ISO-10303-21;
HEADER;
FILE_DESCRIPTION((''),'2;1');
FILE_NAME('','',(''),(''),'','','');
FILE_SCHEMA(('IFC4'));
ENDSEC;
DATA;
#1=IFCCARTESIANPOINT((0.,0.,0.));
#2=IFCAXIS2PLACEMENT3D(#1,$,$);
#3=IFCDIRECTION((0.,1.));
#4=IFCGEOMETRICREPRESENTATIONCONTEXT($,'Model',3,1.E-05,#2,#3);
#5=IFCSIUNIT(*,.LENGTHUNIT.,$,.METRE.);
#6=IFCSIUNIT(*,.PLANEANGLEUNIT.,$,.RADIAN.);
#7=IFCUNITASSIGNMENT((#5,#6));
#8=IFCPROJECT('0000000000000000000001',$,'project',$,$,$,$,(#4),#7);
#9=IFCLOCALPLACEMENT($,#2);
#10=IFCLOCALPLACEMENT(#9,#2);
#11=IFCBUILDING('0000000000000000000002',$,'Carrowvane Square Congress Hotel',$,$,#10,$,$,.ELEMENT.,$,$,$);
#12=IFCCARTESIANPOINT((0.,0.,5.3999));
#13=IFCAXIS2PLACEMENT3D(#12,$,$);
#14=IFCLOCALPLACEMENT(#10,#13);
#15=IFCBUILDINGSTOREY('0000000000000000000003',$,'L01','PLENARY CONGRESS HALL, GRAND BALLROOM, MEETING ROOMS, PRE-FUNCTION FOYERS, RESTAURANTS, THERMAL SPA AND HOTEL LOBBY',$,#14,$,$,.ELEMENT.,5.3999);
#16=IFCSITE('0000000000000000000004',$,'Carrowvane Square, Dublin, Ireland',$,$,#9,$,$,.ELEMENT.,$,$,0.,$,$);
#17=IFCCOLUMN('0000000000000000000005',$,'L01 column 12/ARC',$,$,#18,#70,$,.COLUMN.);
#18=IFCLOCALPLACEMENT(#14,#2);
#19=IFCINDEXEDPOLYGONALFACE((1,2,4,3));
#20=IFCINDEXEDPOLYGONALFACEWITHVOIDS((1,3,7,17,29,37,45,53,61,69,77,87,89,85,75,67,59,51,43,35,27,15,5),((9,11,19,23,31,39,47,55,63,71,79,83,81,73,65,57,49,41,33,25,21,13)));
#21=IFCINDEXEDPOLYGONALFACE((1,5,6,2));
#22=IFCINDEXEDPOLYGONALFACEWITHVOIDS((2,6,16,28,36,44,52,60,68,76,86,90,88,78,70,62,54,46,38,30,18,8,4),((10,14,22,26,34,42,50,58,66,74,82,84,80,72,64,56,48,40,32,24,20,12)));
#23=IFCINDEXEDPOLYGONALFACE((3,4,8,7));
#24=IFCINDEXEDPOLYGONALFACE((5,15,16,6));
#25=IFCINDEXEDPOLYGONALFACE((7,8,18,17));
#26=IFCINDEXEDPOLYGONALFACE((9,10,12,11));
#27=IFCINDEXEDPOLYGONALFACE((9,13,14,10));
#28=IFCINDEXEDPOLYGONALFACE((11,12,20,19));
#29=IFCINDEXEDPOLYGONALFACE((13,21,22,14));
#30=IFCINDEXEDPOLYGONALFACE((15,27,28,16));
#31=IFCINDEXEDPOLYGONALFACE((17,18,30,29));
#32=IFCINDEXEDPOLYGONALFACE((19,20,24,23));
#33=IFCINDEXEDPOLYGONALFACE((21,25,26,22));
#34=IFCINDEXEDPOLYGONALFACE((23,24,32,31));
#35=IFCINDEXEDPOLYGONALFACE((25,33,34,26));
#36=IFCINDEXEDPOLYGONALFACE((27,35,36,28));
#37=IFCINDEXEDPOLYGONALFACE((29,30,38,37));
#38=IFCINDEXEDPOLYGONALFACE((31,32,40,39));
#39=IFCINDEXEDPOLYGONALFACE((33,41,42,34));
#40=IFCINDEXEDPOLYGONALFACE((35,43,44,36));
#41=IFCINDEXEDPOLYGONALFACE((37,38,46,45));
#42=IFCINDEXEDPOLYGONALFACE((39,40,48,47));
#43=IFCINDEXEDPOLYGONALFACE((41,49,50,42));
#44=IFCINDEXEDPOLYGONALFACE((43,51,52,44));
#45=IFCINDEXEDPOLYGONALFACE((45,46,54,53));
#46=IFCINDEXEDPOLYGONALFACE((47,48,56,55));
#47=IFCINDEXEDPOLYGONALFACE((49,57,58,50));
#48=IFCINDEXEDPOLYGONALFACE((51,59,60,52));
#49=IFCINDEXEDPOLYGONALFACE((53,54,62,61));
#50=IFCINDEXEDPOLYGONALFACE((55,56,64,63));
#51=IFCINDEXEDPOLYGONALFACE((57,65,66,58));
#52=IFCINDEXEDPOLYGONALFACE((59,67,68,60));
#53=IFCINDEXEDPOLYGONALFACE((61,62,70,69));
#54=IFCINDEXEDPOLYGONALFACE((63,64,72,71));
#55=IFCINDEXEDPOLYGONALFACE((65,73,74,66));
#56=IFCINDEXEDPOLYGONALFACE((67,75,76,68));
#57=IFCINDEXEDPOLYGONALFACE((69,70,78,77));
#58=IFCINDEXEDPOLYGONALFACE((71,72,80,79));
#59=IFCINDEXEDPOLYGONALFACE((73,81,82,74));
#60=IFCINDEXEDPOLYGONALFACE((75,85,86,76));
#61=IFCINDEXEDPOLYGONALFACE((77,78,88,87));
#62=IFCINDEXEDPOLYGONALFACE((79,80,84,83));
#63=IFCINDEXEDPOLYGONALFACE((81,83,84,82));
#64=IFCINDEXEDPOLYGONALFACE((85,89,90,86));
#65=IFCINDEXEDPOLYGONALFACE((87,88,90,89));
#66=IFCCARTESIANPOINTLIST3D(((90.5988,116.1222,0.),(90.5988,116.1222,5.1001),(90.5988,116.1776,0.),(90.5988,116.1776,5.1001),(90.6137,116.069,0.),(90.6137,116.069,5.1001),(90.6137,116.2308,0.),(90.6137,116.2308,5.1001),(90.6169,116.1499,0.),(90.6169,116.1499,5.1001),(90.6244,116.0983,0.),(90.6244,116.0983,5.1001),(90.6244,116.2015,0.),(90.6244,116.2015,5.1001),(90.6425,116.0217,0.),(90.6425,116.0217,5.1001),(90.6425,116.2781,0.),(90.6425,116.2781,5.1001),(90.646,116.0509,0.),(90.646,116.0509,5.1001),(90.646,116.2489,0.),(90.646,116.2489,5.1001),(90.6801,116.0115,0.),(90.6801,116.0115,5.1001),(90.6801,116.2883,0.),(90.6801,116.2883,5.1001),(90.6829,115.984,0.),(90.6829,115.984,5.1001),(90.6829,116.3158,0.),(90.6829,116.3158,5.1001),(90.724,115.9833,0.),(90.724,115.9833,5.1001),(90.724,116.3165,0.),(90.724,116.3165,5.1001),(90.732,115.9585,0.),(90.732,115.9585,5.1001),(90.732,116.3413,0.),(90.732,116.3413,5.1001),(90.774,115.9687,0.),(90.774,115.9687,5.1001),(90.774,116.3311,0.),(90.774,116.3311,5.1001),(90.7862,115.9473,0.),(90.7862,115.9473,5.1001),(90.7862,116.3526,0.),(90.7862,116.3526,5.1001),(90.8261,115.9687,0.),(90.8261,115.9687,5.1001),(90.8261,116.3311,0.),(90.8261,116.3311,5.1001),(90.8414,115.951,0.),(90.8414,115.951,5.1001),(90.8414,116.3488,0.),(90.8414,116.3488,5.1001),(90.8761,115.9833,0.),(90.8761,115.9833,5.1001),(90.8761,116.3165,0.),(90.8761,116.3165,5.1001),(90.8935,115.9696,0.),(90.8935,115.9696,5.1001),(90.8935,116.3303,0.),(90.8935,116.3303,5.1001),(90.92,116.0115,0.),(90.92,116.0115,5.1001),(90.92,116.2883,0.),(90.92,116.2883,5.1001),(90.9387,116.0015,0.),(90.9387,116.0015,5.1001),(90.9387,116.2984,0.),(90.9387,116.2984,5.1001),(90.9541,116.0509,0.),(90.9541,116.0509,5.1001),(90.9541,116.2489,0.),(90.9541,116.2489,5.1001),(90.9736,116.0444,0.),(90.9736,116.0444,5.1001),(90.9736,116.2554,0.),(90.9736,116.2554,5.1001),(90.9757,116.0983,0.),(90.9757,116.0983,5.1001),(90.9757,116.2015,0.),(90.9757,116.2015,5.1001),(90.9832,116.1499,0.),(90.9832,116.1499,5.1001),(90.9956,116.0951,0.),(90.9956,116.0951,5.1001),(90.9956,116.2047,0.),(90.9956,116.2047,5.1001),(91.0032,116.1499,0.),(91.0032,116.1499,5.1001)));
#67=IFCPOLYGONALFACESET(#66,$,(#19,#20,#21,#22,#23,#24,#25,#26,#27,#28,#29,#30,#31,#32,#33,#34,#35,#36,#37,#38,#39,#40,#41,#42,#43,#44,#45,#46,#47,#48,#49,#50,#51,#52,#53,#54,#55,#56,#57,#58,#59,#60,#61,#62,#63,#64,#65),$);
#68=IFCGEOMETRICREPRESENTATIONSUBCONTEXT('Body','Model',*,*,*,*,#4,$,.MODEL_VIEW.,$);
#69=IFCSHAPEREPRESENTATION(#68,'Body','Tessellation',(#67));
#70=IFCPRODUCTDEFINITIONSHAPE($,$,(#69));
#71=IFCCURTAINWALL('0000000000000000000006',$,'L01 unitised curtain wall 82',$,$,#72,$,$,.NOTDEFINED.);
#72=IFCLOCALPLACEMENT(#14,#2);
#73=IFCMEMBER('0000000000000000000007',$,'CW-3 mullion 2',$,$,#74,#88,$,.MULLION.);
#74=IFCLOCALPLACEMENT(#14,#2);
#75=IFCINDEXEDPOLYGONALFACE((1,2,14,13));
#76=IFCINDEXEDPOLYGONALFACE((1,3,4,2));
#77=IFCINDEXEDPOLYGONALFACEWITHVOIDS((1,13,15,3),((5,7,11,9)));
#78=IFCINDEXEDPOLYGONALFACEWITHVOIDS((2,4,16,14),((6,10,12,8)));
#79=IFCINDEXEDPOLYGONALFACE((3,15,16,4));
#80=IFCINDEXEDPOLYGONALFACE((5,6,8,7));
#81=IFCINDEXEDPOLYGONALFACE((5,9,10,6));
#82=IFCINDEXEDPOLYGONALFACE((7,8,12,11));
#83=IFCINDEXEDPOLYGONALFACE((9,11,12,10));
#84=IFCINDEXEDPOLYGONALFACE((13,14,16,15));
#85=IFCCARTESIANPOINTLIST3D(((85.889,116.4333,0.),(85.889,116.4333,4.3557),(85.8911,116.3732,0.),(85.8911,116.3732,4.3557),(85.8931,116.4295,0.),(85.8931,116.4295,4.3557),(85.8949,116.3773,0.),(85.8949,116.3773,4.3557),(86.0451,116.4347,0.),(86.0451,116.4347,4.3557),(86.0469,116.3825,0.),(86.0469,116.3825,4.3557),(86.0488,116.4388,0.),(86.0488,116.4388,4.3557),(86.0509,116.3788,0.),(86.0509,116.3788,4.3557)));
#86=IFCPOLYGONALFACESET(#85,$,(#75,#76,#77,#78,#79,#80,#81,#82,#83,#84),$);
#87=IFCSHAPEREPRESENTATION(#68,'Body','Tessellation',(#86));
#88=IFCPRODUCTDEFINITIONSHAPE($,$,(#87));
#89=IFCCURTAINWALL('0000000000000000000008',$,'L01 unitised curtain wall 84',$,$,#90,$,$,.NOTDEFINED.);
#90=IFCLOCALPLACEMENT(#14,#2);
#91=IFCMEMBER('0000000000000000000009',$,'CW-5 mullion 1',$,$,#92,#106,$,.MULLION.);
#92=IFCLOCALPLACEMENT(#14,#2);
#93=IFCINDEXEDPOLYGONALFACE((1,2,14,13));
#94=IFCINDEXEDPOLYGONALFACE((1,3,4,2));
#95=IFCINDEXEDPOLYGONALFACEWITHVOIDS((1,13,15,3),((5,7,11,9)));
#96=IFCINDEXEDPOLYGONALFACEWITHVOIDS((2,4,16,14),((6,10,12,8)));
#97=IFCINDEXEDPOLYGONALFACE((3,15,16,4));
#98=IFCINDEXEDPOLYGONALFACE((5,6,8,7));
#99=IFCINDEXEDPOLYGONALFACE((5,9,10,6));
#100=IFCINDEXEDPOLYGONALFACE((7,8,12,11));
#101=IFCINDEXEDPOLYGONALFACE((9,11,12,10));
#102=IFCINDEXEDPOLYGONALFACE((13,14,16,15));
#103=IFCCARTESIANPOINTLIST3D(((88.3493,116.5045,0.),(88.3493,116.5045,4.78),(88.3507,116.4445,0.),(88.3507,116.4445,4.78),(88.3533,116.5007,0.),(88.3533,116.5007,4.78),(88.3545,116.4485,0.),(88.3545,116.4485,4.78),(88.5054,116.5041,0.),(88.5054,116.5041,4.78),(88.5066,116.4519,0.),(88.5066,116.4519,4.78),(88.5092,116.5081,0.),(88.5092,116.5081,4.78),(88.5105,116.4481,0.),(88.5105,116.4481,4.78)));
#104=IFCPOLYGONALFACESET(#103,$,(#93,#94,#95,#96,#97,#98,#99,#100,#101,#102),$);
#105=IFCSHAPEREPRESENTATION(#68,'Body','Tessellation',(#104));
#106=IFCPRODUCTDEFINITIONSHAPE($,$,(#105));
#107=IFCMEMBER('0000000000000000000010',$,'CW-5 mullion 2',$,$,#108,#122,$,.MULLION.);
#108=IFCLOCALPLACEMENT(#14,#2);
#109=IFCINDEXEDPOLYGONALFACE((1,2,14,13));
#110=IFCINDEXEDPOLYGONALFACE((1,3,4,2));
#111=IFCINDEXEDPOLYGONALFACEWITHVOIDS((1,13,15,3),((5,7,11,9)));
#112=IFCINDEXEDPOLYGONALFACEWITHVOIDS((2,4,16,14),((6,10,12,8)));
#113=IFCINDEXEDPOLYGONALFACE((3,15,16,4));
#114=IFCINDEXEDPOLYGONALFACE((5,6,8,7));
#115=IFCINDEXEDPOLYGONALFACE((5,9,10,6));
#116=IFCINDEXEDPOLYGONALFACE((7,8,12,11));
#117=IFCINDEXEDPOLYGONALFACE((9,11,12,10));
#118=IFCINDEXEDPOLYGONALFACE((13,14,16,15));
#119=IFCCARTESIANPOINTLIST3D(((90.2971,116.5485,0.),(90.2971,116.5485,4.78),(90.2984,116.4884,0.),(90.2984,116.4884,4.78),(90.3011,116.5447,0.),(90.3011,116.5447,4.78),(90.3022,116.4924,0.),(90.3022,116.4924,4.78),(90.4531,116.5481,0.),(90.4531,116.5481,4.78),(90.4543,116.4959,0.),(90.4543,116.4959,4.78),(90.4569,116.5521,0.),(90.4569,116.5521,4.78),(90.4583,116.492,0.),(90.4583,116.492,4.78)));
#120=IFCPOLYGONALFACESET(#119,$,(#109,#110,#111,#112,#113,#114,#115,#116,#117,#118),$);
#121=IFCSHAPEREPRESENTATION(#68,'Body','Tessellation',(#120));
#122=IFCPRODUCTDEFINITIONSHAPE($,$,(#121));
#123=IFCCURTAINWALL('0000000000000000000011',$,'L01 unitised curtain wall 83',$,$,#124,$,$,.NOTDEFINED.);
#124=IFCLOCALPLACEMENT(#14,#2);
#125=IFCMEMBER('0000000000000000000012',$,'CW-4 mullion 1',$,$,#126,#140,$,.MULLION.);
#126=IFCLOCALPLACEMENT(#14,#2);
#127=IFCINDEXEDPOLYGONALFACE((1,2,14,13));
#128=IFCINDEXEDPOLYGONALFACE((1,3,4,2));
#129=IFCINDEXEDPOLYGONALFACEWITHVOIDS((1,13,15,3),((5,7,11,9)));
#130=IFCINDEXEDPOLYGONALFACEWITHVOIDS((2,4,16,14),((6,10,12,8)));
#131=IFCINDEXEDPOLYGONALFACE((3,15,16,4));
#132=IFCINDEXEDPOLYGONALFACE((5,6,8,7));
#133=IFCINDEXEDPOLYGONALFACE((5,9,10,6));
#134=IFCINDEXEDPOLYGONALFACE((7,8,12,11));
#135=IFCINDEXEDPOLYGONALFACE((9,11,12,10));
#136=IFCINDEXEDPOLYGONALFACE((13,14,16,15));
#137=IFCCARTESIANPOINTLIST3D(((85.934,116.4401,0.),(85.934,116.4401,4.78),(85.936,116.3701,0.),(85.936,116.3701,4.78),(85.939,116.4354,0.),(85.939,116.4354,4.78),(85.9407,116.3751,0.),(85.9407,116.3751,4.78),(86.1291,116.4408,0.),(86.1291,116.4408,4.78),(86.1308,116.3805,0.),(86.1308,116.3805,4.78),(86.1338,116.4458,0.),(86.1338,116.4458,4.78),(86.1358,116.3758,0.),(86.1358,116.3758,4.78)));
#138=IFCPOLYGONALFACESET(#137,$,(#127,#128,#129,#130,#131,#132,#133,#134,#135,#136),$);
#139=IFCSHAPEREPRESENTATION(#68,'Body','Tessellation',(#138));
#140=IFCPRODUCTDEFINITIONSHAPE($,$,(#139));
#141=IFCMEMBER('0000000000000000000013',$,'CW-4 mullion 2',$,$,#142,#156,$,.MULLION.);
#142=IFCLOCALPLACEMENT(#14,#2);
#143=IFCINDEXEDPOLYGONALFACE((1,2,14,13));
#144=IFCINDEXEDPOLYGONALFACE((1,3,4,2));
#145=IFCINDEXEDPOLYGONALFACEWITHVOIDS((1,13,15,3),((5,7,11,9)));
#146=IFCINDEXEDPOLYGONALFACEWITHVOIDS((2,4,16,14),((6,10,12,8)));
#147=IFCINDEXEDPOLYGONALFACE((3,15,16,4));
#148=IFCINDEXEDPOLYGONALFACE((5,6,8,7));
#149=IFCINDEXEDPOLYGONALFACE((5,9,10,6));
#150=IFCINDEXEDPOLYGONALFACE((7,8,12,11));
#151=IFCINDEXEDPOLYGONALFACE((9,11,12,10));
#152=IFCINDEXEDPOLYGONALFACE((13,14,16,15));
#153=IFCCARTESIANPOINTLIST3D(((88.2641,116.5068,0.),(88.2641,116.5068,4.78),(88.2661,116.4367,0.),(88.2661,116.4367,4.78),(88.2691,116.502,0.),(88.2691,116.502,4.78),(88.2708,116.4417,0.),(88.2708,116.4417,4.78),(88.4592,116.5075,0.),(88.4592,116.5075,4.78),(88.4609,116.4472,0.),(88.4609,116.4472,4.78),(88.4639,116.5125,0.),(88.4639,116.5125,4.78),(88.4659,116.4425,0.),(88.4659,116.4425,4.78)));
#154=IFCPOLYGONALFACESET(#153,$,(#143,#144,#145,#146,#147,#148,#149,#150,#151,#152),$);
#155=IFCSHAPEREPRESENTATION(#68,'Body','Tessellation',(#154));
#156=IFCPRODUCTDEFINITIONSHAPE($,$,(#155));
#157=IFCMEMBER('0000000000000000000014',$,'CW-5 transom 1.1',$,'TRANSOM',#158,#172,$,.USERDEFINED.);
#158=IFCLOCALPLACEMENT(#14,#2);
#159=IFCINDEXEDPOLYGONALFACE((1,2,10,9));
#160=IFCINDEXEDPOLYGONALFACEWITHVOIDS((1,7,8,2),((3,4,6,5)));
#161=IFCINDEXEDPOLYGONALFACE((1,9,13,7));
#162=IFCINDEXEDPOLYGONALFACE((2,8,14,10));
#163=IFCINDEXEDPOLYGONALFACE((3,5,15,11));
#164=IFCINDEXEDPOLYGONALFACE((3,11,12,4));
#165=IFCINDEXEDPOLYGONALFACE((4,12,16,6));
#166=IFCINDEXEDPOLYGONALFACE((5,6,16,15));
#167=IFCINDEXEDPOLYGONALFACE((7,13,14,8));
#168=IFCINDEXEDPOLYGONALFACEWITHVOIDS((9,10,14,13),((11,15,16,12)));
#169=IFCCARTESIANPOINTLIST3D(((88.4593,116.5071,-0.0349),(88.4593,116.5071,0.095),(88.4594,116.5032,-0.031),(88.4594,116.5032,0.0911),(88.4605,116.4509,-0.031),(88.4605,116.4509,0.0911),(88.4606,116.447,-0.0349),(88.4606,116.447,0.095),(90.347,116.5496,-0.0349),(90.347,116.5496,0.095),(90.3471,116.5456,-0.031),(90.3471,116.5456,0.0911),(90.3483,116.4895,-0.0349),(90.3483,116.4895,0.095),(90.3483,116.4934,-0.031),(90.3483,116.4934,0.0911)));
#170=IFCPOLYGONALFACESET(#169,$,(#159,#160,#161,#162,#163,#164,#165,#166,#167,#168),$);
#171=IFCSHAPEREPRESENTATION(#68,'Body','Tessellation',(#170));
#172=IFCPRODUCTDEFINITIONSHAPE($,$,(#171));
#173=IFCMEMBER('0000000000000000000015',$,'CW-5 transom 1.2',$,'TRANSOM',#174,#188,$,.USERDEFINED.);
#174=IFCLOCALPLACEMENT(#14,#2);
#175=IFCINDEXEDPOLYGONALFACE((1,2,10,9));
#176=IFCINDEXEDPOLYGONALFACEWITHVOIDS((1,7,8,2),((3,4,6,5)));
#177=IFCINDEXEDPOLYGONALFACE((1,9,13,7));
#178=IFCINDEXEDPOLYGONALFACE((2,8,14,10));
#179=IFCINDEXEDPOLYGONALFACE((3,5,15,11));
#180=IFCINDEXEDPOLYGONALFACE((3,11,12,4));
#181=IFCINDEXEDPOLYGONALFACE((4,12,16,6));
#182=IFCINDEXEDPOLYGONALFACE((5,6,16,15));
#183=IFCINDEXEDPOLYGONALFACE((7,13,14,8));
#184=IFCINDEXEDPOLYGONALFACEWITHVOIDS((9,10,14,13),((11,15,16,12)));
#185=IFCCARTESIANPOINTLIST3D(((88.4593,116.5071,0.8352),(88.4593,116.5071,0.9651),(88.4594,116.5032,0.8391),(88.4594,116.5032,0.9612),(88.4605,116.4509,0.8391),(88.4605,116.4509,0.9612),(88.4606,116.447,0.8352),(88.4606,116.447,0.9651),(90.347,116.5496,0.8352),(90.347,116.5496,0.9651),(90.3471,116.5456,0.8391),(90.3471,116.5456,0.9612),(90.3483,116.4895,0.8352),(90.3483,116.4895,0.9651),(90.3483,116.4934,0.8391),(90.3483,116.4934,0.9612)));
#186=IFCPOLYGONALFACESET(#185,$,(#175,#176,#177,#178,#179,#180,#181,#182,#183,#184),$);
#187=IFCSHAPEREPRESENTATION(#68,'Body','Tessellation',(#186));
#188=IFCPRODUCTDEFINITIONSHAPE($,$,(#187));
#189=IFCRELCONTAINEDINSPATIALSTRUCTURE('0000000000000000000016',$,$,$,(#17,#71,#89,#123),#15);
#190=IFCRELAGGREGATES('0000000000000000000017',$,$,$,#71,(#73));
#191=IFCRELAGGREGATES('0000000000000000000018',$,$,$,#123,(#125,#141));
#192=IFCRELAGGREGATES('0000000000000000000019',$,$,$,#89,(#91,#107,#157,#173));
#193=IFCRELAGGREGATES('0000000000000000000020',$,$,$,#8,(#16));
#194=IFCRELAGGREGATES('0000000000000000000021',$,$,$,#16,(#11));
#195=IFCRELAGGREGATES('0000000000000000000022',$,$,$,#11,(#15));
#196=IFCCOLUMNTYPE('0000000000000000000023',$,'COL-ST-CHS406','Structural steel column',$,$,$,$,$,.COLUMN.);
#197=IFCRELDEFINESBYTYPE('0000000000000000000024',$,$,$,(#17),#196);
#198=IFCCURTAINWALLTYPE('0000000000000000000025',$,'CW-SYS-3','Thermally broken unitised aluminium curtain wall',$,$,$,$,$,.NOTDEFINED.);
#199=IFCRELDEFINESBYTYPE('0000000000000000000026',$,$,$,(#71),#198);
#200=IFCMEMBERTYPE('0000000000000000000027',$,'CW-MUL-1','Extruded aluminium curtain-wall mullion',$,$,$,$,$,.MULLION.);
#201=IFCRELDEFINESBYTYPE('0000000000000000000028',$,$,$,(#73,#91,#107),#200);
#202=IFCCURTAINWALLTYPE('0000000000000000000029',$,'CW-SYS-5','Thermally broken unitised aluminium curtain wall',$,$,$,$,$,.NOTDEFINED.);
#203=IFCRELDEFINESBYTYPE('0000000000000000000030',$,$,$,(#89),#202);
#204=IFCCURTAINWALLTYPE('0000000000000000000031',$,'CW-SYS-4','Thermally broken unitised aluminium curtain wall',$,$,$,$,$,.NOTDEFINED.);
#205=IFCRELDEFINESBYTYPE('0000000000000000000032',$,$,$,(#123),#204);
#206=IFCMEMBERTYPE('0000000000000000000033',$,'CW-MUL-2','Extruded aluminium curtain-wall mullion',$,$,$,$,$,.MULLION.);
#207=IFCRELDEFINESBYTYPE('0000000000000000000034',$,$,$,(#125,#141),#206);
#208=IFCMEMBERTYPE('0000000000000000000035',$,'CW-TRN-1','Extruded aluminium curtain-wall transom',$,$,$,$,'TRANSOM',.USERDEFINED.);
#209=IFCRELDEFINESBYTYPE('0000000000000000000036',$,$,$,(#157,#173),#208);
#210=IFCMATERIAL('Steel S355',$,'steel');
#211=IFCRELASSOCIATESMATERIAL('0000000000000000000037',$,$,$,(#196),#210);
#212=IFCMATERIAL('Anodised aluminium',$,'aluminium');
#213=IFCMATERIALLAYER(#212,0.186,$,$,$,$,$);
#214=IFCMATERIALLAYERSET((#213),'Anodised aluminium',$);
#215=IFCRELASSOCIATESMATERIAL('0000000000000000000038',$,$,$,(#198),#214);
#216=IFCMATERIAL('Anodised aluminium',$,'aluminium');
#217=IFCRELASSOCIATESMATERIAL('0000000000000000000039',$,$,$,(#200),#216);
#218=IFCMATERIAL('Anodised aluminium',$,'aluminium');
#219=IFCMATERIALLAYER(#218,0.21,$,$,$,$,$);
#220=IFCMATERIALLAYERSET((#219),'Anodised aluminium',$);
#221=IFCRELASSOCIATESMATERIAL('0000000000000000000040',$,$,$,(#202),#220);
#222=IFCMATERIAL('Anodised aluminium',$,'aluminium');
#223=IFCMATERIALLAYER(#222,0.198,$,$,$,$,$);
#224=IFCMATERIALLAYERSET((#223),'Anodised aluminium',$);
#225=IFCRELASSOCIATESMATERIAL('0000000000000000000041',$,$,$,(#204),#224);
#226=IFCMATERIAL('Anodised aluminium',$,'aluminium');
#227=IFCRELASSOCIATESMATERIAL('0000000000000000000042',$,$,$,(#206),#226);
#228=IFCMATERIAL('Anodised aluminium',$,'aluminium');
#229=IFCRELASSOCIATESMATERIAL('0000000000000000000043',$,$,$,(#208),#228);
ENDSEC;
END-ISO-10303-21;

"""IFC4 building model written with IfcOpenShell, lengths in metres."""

from ifc_helpers import new_model, si_unit, direction, frame, origin, origin_2d, place, context, subcontext, project, spatial, hollow_rectangle, hollow_circle, extrude, material, layer, layer_set, material_profile, profile_set, type_object, element, aggregate, save


model = new_model("IFC4")

# Units and contexts
model_context = context("Model", 3, precision=1e-05, world=origin(), true_north=direction((0.0, 1.0)))
body_context = subcontext(model_context, "Body", "Model", "MODEL_VIEW")
ifc_project = project(units=[si_unit("LENGTHUNIT", "METRE"), si_unit("PLANEANGLEUNIT", "RADIAN")], contexts=[model_context])

# Site, building, storey
site_placement = place(None, origin())
site = spatial("IfcSite", under=ifc_project, at=site_placement, Name="Carrowvane Square, Dublin, Ireland", CompositionType="ELEMENT", RefElevation=0.0)
building_placement = place(site_placement, origin())
building = spatial("IfcBuilding", under=site, at=building_placement, Name="Carrowvane Square Congress Hotel", CompositionType="ELEMENT")
storey_placement = place(building_placement, frame((0.0, 0.0, 5.3999)))
storey = spatial("IfcBuildingStorey", under=building, at=storey_placement, Name="L01", Description="PLENARY CONGRESS HALL, GRAND BALLROOM, MEETING ROOMS, PRE-FUNCTION FOYERS, RESTAURANTS, THERMAL SPA AND HOTEL LOBBY", CompositionType="ELEMENT", Elevation=5.3999)

# Column
ifc_material_1 = material(Name="Steel S355", Category="steel")
ifc_material_profile_1 = material_profile(ifc_material_1, hollow_circle(Radius=0.2031, WallThickness=0.02, at=origin_2d()), Name="CHS 406.4x20")
ifc_profile_set_1 = profile_set([ifc_material_profile_1], Name="Steel S355")
column_type = type_object("IfcColumnType", Name="COL-ST-CHS406", Description="Structural steel column", PredefinedType="COLUMN", material=ifc_profile_set_1)
column_placement = place(storey_placement, frame((90.8, 116.1499, 0.0), z_axis=(0.0, 0.0, 1.0), x_axis=(1.0, 0.0, 0.0)))
element("IfcColumn", 1, at=column_placement, inside=storey, type_object=column_type, Name="L01 column 12/ARC", PredefinedType="COLUMN", context=body_context, shape_type="SweptSolid", body=[
    extrude(hollow_circle(Radius=0.2031, WallThickness=0.02, at=origin_2d()), origin(), (0.0, 0.0, 1.0), 5.1001),
])

# Curtain wall, member
ifc_material_2 = material(Name="Anodised aluminium", Category="aluminium")
ifc_layer_1 = layer(ifc_material_2, 0.186)
ifc_layer_set_1 = layer_set([ifc_layer_1], Name="Anodised aluminium")
curtain_wall_type_1 = type_object("IfcCurtainWallType", Name="CW-SYS-3", Description="Thermally broken unitised aluminium curtain wall", PredefinedType="NOTDEFINED", material=ifc_layer_set_1)
curtain_wall_1_placement = place(storey_placement, origin())
curtain_wall_1 = element("IfcCurtainWall", 2, at=curtain_wall_1_placement, inside=storey, type_object=curtain_wall_type_1, Name="L01 unitised curtain wall 82", PredefinedType="NOTDEFINED")
ifc_material_3 = material(Name="Anodised aluminium", Category="aluminium")
ifc_material_profile_2 = material_profile(ifc_material_3, hollow_rectangle(XDim=0.0601, YDim=0.1599, WallThickness=0.0039, at=origin_2d()), Name="CW-ML 60x160x4")
ifc_profile_set_2 = profile_set([ifc_material_profile_2], Name="Anodised aluminium")
member_type_1 = type_object("IfcMemberType", Name="CW-MUL-1", Description="Extruded aluminium curtain-wall mullion", PredefinedType="MULLION", material=ifc_profile_set_2)
member_1_placement = place(storey_placement, frame((85.97, 116.406, 0.0), z_axis=(0.0, 0.0, 1.0), x_axis=(-0.034527, 0.999404, 0.0)))
member_1 = element("IfcMember", 3, at=member_1_placement, type_object=member_type_1, Name="CW-3 mullion 2", PredefinedType="MULLION", context=body_context, shape_type="SweptSolid", body=[
    extrude(hollow_rectangle(XDim=0.0601, YDim=0.1599, WallThickness=0.0039, at=origin_2d()), origin(), (0.0, 0.0, 1.0), 4.3557),
])

# Curtain walls, members
ifc_material_4 = material(Name="Anodised aluminium", Category="aluminium")
ifc_layer_2 = layer(ifc_material_4, 0.21)
ifc_layer_set_2 = layer_set([ifc_layer_2], Name="Anodised aluminium")
curtain_wall_type_2 = type_object("IfcCurtainWallType", Name="CW-SYS-5", Description="Thermally broken unitised aluminium curtain wall", PredefinedType="NOTDEFINED", material=ifc_layer_set_2)
curtain_wall_2_placement = place(storey_placement, origin())
curtain_wall_2 = element("IfcCurtainWall", 4, at=curtain_wall_2_placement, inside=storey, type_object=curtain_wall_type_2, Name="L01 unitised curtain wall 84", PredefinedType="NOTDEFINED")
member_2_placement = place(storey_placement, frame((88.4299, 116.4763, 0.0), z_axis=(0.0, 0.0, 1.0), x_axis=(-0.022518, 0.999746, 0.0)))
member_2 = element("IfcMember", 5, at=member_2_placement, type_object=member_type_1, Name="CW-5 mullion 1", PredefinedType="MULLION", context=body_context, shape_type="SweptSolid", body=[
    extrude(hollow_rectangle(XDim=0.0601, YDim=0.1599, WallThickness=0.0039, at=origin_2d()), origin(), (0.0, 0.0, 1.0), 4.78),
])
member_3_placement = place(storey_placement, frame((90.3777, 116.5203, 0.0), z_axis=(0.0, 0.0, 1.0), x_axis=(-0.022518, 0.999746, 0.0)))
member_3 = element("IfcMember", 6, at=member_3_placement, type_object=member_type_1, Name="CW-5 mullion 2", PredefinedType="MULLION", context=body_context, shape_type="SweptSolid", body=[
    extrude(hollow_rectangle(XDim=0.0601, YDim=0.1599, WallThickness=0.0039, at=origin_2d()), origin(), (0.0, 0.0, 1.0), 4.78),
])
ifc_material_5 = material(Name="Anodised aluminium", Category="aluminium")
ifc_layer_3 = layer(ifc_material_5, 0.198)
ifc_layer_set_3 = layer_set([ifc_layer_3], Name="Anodised aluminium")
curtain_wall_type_3 = type_object("IfcCurtainWallType", Name="CW-SYS-4", Description="Thermally broken unitised aluminium curtain wall", PredefinedType="NOTDEFINED", material=ifc_layer_set_3)
curtain_wall_3_placement = place(storey_placement, origin())
curtain_wall_3 = element("IfcCurtainWall", 7, at=curtain_wall_3_placement, inside=storey, type_object=curtain_wall_type_3, Name="L01 unitised curtain wall 83", PredefinedType="NOTDEFINED")
ifc_material_6 = material(Name="Anodised aluminium", Category="aluminium")
ifc_material_profile_3 = material_profile(ifc_material_6, hollow_rectangle(XDim=0.0701, YDim=0.2, WallThickness=0.0049, at=origin_2d()), Name="CW-ML 70x200x5")
ifc_profile_set_3 = profile_set([ifc_material_profile_3], Name="Anodised aluminium")
member_type_2 = type_object("IfcMemberType", Name="CW-MUL-2", Description="Extruded aluminium curtain-wall mullion", PredefinedType="MULLION", material=ifc_profile_set_3)
member_4_placement = place(storey_placement, frame((86.0349, 116.408, 0.0), z_axis=(0.0, 0.0, 1.0), x_axis=(-0.028638, 0.99959, 0.0)))
member_4 = element("IfcMember", 8, at=member_4_placement, type_object=member_type_2, Name="CW-4 mullion 1", PredefinedType="MULLION", context=body_context, shape_type="SweptSolid", body=[
    extrude(hollow_rectangle(XDim=0.0701, YDim=0.2, WallThickness=0.0049, at=origin_2d()), origin(), (0.0, 0.0, 1.0), 4.78),
])
member_5_placement = place(storey_placement, frame((88.365, 116.4746, 0.0), z_axis=(0.0, 0.0, 1.0), x_axis=(-0.028638, 0.99959, 0.0)))
member_5 = element("IfcMember", 9, at=member_5_placement, type_object=member_type_2, Name="CW-4 mullion 2", PredefinedType="MULLION", context=body_context, shape_type="SweptSolid", body=[
    extrude(hollow_rectangle(XDim=0.0701, YDim=0.2, WallThickness=0.0049, at=origin_2d()), origin(), (0.0, 0.0, 1.0), 4.78),
])

# Members
ifc_material_7 = material(Name="Anodised aluminium", Category="aluminium")
ifc_material_profile_4 = material_profile(ifc_material_7, hollow_rectangle(XDim=0.0601, YDim=0.1299, WallThickness=0.0039, at=origin_2d()), Name="CW-TR 60x130x4")
ifc_profile_set_4 = profile_set([ifc_material_profile_4], Name="Anodised aluminium")
member_type_3 = type_object("IfcMemberType", Name="CW-TRN-1", Description="Extruded aluminium curtain-wall transom", ElementType="TRANSOM", PredefinedType="USERDEFINED", material=ifc_profile_set_4)
member_6_placement = place(storey_placement, frame((88.46, 116.4771, 0.03), z_axis=(0.999747, 0.022498, 0.0), x_axis=(-0.022498, 0.999747, 0.0)))
member_6 = element("IfcMember", 10, at=member_6_placement, type_object=member_type_3, Name="CW-5 transom 1.1", ObjectType="TRANSOM", PredefinedType="USERDEFINED", context=body_context, shape_type="SweptSolid", body=[
    extrude(hollow_rectangle(XDim=0.0601, YDim=0.1299, WallThickness=0.0039, at=origin_2d()), origin(), (0.0, 0.0, 1.0), 1.8882),
])
member_7_placement = place(storey_placement, frame((88.46, 116.4771, 0.9001), z_axis=(0.999747, 0.022498, 0.0), x_axis=(-0.022498, 0.999747, 0.0)))
member_7 = element("IfcMember", 11, at=member_7_placement, type_object=member_type_3, Name="CW-5 transom 1.2", ObjectType="TRANSOM", PredefinedType="USERDEFINED", context=body_context, shape_type="SweptSolid", body=[
    extrude(hollow_rectangle(XDim=0.0601, YDim=0.1299, WallThickness=0.0039, at=origin_2d()), origin(), (0.0, 0.0, 1.0), 1.8882),
])

aggregate(curtain_wall_1, [member_1])
aggregate(curtain_wall_3, [member_4, member_5])
aggregate(curtain_wall_2, [member_2, member_3, member_6, member_7])

save(model, "model.ifc")
